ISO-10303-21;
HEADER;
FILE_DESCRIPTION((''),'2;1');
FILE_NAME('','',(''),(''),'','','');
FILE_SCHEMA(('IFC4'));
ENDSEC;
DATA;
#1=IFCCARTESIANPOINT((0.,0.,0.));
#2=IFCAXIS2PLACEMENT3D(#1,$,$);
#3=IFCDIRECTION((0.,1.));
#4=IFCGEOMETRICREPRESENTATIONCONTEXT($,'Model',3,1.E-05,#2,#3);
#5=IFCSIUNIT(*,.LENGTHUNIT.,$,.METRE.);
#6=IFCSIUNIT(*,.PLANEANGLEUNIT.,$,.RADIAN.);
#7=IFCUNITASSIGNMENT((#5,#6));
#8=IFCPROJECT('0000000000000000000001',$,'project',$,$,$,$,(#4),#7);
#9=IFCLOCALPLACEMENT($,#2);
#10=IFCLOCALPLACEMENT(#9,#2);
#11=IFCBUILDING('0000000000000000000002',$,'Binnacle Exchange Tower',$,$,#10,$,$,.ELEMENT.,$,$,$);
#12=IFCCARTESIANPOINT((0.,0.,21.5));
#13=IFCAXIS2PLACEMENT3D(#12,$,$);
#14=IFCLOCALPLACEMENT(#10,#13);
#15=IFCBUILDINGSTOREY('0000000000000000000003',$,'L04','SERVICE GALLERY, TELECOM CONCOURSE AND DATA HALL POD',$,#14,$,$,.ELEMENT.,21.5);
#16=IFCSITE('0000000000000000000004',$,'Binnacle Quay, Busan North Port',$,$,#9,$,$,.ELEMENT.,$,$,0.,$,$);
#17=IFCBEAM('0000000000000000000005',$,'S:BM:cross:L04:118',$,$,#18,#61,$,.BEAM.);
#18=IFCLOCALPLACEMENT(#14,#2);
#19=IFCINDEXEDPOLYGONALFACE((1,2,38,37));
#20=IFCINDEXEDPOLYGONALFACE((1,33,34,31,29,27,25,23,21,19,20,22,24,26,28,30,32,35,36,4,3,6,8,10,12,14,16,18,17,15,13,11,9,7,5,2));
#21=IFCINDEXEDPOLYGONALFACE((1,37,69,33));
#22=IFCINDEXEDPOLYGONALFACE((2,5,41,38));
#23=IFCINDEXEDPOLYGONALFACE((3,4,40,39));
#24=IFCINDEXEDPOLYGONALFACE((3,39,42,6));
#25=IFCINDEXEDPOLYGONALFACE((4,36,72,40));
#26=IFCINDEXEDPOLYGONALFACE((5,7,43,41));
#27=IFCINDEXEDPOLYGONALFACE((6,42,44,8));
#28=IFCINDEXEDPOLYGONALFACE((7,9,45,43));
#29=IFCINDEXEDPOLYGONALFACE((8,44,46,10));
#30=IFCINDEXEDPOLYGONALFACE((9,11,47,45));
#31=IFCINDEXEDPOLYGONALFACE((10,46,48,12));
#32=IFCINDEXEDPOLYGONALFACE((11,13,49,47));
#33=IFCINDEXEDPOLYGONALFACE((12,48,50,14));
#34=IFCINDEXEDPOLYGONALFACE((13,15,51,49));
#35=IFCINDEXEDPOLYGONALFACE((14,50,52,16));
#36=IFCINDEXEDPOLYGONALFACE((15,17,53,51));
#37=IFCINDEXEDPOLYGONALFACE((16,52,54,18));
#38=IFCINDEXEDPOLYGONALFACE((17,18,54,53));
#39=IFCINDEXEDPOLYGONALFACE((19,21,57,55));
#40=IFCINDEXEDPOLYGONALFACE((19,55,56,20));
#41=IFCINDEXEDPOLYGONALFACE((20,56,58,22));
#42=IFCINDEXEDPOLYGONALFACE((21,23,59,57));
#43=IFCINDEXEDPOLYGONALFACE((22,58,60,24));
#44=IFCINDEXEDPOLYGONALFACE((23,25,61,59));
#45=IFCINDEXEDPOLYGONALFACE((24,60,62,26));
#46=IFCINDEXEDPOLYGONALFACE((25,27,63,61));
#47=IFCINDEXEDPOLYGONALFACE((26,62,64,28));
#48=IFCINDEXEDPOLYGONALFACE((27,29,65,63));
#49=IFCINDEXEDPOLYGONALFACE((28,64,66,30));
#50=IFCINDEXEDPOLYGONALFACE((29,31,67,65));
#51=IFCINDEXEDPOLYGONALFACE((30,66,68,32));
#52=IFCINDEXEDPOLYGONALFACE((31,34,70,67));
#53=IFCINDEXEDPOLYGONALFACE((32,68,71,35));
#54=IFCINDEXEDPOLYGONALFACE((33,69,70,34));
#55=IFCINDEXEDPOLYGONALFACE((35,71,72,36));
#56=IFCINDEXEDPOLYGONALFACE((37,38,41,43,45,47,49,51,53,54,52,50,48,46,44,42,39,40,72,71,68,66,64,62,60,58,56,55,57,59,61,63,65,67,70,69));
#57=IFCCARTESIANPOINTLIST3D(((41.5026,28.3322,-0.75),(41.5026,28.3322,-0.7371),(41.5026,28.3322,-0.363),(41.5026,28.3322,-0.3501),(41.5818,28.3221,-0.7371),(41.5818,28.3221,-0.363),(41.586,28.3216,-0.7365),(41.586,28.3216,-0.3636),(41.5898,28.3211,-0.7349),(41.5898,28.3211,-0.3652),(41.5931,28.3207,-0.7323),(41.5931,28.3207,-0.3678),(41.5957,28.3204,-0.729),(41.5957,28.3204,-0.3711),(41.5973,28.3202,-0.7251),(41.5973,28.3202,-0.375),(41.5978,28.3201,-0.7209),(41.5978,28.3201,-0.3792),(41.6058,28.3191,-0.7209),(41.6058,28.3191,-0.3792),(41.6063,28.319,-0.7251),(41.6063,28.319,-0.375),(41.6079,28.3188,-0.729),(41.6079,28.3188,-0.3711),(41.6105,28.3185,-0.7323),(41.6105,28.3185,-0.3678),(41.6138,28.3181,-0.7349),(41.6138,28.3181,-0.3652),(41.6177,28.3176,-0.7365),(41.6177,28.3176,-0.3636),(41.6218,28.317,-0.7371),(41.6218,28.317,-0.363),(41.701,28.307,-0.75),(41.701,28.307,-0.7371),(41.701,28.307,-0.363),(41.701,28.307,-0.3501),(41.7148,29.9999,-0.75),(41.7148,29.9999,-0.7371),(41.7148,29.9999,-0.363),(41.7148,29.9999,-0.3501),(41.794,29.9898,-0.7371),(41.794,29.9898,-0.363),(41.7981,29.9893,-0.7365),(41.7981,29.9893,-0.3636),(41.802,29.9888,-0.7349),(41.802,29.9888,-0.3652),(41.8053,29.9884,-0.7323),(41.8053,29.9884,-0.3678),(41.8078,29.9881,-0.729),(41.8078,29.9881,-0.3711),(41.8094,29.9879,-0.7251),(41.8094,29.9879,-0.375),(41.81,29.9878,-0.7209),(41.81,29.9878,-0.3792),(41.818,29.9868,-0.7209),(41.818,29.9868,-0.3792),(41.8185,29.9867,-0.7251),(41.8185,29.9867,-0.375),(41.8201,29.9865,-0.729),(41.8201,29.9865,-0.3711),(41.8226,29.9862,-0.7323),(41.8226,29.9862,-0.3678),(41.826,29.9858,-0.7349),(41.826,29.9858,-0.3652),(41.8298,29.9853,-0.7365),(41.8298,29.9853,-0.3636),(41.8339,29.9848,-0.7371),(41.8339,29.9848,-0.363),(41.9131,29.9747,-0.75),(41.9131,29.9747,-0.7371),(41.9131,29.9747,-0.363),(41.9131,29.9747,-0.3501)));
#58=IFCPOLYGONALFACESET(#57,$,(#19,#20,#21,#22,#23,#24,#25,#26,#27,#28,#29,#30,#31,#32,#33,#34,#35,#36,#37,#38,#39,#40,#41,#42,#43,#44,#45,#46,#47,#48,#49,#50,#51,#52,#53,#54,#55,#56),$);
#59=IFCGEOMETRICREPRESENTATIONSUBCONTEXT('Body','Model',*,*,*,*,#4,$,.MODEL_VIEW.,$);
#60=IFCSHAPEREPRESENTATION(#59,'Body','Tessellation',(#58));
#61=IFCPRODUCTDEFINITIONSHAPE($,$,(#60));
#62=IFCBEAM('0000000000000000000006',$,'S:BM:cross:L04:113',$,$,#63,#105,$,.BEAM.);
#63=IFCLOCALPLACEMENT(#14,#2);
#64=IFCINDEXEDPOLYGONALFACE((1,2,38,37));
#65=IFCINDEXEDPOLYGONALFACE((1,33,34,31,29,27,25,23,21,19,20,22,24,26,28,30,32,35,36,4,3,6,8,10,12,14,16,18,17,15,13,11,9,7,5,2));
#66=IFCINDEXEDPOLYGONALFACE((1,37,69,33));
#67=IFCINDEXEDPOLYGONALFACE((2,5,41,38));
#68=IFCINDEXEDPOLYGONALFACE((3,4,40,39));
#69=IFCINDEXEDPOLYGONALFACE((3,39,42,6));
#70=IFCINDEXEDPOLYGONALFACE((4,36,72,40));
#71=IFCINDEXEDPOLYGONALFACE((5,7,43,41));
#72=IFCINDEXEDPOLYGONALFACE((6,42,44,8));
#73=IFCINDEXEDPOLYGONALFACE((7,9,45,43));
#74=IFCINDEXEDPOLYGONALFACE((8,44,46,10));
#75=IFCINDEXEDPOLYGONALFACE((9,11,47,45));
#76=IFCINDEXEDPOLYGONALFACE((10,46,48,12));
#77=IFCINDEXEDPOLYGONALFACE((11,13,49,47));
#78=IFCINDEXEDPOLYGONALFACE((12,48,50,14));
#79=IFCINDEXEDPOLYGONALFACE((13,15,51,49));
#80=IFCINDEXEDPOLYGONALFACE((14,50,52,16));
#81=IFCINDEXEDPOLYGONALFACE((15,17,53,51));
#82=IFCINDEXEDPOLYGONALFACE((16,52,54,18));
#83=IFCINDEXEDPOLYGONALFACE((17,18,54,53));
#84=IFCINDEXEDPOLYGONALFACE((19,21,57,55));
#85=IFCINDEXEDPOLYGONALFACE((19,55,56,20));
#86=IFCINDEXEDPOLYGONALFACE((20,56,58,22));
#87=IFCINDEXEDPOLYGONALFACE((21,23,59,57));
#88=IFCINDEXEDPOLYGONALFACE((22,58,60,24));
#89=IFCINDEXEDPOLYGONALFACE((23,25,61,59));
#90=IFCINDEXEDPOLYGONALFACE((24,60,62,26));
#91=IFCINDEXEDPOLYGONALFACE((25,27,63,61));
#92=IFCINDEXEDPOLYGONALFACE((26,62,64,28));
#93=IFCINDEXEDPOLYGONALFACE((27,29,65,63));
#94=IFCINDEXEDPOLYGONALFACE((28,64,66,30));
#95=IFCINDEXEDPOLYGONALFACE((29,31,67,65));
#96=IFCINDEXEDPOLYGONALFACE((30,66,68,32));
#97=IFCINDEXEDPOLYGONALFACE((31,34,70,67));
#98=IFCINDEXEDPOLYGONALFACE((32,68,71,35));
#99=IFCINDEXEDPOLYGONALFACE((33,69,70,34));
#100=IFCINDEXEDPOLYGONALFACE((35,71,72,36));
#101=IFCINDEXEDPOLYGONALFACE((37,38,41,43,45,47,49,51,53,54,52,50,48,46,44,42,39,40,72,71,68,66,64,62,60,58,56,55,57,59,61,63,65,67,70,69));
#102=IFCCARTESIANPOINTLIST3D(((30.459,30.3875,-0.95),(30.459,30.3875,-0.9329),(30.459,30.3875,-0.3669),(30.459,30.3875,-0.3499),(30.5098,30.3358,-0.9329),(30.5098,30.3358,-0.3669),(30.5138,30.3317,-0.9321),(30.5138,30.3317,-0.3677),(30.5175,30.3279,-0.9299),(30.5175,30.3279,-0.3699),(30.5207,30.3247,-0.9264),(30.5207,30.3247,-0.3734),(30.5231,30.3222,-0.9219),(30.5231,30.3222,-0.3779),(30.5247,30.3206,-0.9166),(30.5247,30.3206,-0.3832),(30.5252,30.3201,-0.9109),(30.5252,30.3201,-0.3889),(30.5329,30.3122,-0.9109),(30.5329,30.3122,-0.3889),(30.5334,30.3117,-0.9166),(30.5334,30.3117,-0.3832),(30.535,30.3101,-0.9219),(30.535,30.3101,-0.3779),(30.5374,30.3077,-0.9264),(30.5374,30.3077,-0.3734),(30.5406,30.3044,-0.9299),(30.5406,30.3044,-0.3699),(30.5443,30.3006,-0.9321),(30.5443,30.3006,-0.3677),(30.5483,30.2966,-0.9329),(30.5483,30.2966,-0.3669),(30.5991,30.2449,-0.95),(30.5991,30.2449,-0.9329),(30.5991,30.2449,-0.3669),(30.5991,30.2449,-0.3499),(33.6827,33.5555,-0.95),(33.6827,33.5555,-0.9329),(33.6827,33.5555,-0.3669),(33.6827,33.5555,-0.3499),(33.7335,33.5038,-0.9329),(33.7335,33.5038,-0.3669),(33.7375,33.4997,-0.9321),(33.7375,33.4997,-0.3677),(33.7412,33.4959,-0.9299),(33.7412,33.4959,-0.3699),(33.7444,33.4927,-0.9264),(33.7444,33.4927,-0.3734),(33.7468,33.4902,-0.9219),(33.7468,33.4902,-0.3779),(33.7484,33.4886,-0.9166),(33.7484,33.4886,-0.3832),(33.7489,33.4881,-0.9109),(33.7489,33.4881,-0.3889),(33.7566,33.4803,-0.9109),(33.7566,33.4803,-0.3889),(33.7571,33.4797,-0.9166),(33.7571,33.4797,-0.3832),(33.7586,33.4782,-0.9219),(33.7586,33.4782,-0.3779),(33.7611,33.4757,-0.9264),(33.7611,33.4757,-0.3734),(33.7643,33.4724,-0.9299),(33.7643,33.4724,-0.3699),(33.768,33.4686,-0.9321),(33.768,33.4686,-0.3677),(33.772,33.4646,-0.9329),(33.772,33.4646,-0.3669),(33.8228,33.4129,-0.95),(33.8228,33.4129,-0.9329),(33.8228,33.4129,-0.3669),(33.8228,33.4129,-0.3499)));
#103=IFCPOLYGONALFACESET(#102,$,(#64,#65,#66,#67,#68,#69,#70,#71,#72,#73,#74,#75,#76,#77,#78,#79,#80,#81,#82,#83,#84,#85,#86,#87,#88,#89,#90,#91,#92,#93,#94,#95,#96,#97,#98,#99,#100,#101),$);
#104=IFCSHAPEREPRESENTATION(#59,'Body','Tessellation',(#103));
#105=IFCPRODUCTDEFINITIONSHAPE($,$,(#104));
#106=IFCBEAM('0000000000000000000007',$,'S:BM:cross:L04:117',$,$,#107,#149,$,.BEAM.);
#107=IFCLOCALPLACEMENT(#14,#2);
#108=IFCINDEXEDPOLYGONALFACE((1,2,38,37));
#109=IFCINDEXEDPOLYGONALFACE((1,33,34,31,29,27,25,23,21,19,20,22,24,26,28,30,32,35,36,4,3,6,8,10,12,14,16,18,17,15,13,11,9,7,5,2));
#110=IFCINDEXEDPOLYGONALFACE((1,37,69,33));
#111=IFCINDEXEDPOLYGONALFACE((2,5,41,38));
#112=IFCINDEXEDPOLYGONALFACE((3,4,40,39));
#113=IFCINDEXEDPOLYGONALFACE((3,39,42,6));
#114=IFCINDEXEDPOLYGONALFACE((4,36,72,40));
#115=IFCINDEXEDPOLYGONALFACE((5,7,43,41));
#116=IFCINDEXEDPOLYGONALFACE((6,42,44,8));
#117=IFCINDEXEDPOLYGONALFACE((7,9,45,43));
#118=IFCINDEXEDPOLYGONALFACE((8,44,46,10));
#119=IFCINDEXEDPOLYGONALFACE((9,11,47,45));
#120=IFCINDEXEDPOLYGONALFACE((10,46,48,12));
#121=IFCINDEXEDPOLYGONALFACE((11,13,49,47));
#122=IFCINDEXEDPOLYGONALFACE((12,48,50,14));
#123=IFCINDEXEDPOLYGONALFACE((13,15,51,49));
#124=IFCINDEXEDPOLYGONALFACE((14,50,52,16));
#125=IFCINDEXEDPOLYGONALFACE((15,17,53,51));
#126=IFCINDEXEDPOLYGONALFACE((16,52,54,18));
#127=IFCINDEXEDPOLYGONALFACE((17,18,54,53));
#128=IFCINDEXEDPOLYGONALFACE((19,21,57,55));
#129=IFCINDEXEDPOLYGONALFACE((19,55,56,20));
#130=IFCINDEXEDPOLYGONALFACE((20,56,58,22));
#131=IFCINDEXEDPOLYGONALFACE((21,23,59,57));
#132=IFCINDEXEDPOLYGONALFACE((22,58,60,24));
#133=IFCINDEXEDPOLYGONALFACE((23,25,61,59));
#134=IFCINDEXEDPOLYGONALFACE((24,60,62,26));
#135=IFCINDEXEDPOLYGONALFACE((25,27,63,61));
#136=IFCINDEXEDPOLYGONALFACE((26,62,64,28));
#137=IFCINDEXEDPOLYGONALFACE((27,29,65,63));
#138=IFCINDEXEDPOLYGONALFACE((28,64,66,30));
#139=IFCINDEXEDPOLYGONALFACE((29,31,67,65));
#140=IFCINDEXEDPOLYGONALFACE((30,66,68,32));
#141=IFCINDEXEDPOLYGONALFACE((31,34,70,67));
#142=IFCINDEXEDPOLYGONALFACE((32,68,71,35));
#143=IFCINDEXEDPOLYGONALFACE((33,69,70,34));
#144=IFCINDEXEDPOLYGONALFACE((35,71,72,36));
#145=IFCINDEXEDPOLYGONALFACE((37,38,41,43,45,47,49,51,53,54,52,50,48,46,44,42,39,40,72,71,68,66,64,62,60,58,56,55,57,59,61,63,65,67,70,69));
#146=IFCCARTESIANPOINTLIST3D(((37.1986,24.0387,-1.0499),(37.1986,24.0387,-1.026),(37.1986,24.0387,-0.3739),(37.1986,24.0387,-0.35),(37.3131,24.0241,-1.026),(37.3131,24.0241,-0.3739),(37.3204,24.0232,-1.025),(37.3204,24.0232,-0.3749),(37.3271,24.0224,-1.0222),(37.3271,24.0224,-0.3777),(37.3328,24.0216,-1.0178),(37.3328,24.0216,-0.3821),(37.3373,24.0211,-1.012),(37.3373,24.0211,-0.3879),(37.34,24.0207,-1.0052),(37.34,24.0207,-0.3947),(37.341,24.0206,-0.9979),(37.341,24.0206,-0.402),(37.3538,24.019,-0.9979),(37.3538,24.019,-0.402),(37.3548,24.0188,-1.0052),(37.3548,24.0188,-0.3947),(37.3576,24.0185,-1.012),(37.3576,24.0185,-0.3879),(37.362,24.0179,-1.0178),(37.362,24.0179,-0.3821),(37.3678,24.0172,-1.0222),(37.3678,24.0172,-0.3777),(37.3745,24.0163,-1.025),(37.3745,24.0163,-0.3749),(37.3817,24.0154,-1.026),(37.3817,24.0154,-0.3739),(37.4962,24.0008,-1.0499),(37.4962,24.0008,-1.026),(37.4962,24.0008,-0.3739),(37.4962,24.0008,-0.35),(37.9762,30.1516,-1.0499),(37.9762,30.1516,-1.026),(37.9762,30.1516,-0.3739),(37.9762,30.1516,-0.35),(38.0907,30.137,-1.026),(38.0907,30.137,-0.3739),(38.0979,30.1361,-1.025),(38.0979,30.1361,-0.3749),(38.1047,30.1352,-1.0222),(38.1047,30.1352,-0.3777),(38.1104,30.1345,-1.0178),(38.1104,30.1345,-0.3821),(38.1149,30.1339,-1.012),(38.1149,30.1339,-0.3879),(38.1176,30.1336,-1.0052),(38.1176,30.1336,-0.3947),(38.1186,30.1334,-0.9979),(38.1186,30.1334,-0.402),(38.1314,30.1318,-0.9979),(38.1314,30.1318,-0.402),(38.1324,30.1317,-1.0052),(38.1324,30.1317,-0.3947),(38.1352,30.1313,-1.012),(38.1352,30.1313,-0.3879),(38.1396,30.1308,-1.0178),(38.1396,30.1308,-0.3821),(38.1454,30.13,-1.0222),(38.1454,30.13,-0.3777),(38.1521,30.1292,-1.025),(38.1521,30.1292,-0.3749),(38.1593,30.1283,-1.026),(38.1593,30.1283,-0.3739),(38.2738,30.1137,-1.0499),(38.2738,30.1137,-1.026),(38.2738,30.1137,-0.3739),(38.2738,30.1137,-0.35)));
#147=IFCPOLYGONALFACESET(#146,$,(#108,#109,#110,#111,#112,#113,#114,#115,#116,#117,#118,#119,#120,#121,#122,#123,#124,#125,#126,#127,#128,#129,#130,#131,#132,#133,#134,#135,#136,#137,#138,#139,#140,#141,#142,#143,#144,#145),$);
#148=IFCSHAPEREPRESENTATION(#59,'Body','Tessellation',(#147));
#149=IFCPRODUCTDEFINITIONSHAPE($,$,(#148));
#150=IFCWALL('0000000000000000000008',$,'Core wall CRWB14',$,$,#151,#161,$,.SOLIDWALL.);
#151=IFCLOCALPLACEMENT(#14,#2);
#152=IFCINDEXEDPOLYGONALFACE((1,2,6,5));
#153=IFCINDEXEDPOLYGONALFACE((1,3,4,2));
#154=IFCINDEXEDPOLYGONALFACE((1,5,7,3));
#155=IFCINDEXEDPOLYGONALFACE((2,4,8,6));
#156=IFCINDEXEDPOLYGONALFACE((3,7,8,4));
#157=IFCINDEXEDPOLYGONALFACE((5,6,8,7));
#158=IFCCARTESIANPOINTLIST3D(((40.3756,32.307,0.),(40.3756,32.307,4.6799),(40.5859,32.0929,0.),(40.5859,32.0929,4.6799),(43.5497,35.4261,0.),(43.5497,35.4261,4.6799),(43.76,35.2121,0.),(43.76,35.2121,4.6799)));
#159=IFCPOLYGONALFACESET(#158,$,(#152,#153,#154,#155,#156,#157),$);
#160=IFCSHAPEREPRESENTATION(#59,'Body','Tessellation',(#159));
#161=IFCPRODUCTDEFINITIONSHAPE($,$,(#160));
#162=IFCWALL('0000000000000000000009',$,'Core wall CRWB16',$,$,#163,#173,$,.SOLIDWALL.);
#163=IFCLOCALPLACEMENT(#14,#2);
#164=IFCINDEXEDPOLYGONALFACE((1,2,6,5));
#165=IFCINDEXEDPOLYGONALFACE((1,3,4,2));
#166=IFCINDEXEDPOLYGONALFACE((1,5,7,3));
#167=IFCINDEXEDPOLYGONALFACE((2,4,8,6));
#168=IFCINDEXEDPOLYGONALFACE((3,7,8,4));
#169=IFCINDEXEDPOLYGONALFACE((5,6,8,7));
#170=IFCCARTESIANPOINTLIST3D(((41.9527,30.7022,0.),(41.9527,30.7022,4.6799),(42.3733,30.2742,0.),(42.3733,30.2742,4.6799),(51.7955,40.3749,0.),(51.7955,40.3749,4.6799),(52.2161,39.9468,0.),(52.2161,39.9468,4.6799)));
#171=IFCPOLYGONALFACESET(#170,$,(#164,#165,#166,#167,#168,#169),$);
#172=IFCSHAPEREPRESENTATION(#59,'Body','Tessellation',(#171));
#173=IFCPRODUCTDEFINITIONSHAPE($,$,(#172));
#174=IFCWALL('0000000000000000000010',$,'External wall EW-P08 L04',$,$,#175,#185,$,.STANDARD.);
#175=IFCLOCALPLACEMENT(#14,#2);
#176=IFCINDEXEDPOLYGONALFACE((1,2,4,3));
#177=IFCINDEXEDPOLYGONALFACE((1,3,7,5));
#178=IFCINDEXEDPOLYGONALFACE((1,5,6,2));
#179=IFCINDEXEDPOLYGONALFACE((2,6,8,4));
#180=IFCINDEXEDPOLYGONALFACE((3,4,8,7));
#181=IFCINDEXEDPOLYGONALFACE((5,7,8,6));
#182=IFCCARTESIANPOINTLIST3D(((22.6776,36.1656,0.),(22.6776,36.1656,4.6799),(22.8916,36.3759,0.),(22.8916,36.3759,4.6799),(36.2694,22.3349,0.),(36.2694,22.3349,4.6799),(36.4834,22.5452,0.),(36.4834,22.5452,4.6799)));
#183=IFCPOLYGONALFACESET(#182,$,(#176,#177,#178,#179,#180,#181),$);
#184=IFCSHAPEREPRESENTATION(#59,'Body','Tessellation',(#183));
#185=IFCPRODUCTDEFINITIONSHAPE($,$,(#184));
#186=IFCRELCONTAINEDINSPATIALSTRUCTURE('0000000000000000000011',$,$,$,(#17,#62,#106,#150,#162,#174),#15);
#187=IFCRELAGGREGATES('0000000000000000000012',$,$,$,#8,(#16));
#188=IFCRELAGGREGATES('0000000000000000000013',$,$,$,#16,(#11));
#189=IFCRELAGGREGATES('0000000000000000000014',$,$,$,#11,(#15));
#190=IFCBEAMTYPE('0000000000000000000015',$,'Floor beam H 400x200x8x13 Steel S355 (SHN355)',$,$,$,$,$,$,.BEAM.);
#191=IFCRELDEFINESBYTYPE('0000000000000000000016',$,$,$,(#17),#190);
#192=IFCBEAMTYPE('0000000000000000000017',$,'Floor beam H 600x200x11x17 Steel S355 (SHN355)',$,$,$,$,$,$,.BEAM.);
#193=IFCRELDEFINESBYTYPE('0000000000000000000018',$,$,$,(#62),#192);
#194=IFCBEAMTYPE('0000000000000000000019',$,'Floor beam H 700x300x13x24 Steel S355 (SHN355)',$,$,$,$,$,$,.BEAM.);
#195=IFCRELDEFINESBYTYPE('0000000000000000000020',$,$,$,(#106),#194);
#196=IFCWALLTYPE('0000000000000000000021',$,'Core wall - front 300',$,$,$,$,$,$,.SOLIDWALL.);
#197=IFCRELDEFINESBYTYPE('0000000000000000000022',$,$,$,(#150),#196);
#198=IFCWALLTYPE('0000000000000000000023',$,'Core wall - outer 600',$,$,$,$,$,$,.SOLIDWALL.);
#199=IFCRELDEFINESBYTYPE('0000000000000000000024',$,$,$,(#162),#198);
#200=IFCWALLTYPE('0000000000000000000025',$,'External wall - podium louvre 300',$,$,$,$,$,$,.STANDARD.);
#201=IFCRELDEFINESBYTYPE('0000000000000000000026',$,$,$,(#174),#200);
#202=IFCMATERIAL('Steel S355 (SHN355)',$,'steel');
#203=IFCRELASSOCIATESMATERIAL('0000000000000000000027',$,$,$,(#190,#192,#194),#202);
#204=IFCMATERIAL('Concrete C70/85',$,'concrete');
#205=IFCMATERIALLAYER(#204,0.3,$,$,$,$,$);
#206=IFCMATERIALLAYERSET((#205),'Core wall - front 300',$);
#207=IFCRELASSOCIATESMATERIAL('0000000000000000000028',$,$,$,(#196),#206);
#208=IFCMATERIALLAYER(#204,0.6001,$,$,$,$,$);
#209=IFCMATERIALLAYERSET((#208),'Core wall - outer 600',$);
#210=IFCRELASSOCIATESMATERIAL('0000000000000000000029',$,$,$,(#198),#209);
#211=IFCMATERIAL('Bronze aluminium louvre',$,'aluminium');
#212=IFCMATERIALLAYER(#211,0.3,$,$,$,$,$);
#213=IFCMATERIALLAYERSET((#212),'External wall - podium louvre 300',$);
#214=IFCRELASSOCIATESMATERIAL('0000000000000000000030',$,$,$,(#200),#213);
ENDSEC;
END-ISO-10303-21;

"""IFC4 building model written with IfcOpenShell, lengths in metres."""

from ifc_helpers import new_model, si_unit, direction, frame, frame_2d, origin, origin_2d, place, context, subcontext, project, spatial, rectangle, i_section, extrude, material, layer, layer_set, material_profile, profile_set, type_object, element, save


model = new_model("IFC4")

# Units and contexts
model_context = context("Model", 3, precision=1e-05, world=origin(), true_north=direction((0.0, 1.0)))
body_context = subcontext(model_context, "Body", "Model", "MODEL_VIEW")
ifc_project = project(units=[si_unit("LENGTHUNIT", "METRE"), si_unit("PLANEANGLEUNIT", "RADIAN")], contexts=[model_context])

# Site, building, storey
site_placement = place(None, origin())
site = spatial("IfcSite", under=ifc_project, at=site_placement, Name="Binnacle Quay, Busan North Port", CompositionType="ELEMENT", RefElevation=0.0)
building_placement = place(site_placement, origin())
building = spatial("IfcBuilding", under=site, at=building_placement, Name="Binnacle Exchange Tower", CompositionType="ELEMENT")
storey_placement = place(building_placement, frame((0.0, 0.0, 21.5)))
storey = spatial("IfcBuildingStorey", under=building, at=storey_placement, Name="L04", Description="SERVICE GALLERY, TELECOM CONCOURSE AND DATA HALL POD", CompositionType="ELEMENT", Elevation=21.5)

# Shared definitions
ifc_material_1 = material(Name="Concrete C70/85", Category="concrete")

# Beams
ifc_material_2 = material(Name="Steel S355 (SHN355)", Category="steel")
ifc_material_profile_1 = material_profile(ifc_material_2, i_section(OverallWidth=0.2, OverallDepth=0.3999, WebThickness=0.0081, FlangeThickness=0.0129, FilletRadius=0.0161, at=origin_2d()), Name="H 400x200x8x13")
ifc_profile_set_1 = profile_set([ifc_material_profile_1], Name="Steel S355 (SHN355)")
beam_type_1 = type_object("IfcBeamType", Name="Floor beam H 400x200x8x13 Steel S355 (SHN355)", PredefinedType="BEAM", material=ifc_profile_set_1)
beam_1_placement = place(storey_placement, frame((41.6018, 28.3196, -0.55), z_axis=(0.126197, 0.992005, 0.0), x_axis=(-0.992005, 0.126197, 0.0)))
element("IfcBeam", 1, at=beam_1_placement, inside=storey, type_object=beam_type_1, Name="S:BM:cross:L04:118", PredefinedType="BEAM", context=body_context, shape_type="SweptSolid", body=[
    extrude(i_section(OverallWidth=0.2, OverallDepth=0.3999, WebThickness=0.0081, FlangeThickness=0.0129, FilletRadius=0.0161, at=origin_2d()), origin(), (0.0, 0.0, 1.0), 1.6812),
])
ifc_material_profile_2 = material_profile(ifc_material_2, i_section(OverallWidth=0.2, OverallDepth=0.6001, WebThickness=0.011, FlangeThickness=0.0171, FilletRadius=0.022, at=origin_2d()), Name="H 600x200x11x17")
ifc_profile_set_2 = profile_set([ifc_material_profile_2], Name="Steel S355 (SHN355)")
beam_type_2 = type_object("IfcBeamType", Name="Floor beam H 600x200x11x17 Steel S355 (SHN355)", PredefinedType="BEAM", material=ifc_profile_set_2)
beam_2_placement = place(storey_placement, frame((30.5291, 30.3162, -0.6499), z_axis=(0.713238, 0.700922, 0.0), x_axis=(-0.700922, 0.713238, 0.0)))
element("IfcBeam", 2, at=beam_2_placement, inside=storey, type_object=beam_type_2, Name="S:BM:cross:L04:113", PredefinedType="BEAM", context=body_context, shape_type="SweptSolid", body=[
    extrude(i_section(OverallWidth=0.2, OverallDepth=0.6001, WebThickness=0.011, FlangeThickness=0.0171, FilletRadius=0.022, at=origin_2d()), origin(), (0.0, 0.0, 1.0), 4.5198),
])
ifc_material_profile_3 = material_profile(ifc_material_2, i_section(OverallWidth=0.3, OverallDepth=0.7, WebThickness=0.0129, FlangeThickness=0.0239, FilletRadius=0.0281, at=origin_2d()), Name="H 700x300x13x24")
ifc_profile_set_3 = profile_set([ifc_material_profile_3], Name="Steel S355 (SHN355)")
beam_type_3 = type_object("IfcBeamType", Name="Floor beam H 700x300x13x24 Steel S355 (SHN355)", PredefinedType="BEAM", material=ifc_profile_set_3)
beam_3_placement = place(storey_placement, frame((37.3474, 24.0198, -0.7), z_axis=(0.12619, 0.992006, 0.0), x_axis=(-0.992006, 0.12619, 0.0)))
element("IfcBeam", 3, at=beam_3_placement, inside=storey, type_object=beam_type_3, Name="S:BM:cross:L04:117", PredefinedType="BEAM", context=body_context, shape_type="SweptSolid", body=[
    extrude(i_section(OverallWidth=0.3, OverallDepth=0.7, WebThickness=0.0129, FlangeThickness=0.0239, FilletRadius=0.0281, at=origin_2d()), origin(), (0.0, 0.0, 1.0), 6.1621),
])

# Walls
ifc_layer_1 = layer(ifc_material_1, 0.3)
ifc_layer_set_1 = layer_set([ifc_layer_1], Name="Core wall - front 300")
wall_type_1 = type_object("IfcWallType", Name="Core wall - front 300", PredefinedType="SOLIDWALL", material=ifc_layer_set_1)
wall_1_placement = place(storey_placement, frame((40.4807, 32.2, 0.0), z_axis=(0.0, 0.0, 1.0), x_axis=(0.713252, 0.700908, 0.0)))
element("IfcWall", 4, at=wall_1_placement, inside=storey, type_object=wall_type_1, Name="Core wall CRWB14", PredefinedType="SOLIDWALL", context=body_context, shape_type="SweptSolid", body=[
    extrude(rectangle(XDim=4.4502, YDim=0.3, at=frame_2d((2.2251, 0.0))), origin(), (0.0, 0.0, 1.0), 4.6799),
])
ifc_layer_2 = layer(ifc_material_1, 0.6001)
ifc_layer_set_2 = layer_set([ifc_layer_2], Name="Core wall - outer 600")
wall_type_2 = type_object("IfcWallType", Name="Core wall - outer 600", PredefinedType="SOLIDWALL", material=ifc_layer_set_2)
wall_2_placement = place(storey_placement, frame((42.1631, 30.4883, 0.0), z_axis=(0.0, 0.0, 1.0), x_axis=(0.713245, 0.700914, 0.0)))
element("IfcWall", 5, at=wall_2_placement, inside=storey, type_object=wall_type_2, Name="Core wall CRWB16", PredefinedType="SOLIDWALL", context=body_context, shape_type="SweptSolid", body=[
    extrude(rectangle(XDim=13.8, YDim=0.6001, at=frame_2d((6.8999, 0.0))), origin(), (0.0, 0.0, 1.0), 4.6799),
])
ifc_material_3 = material(Name="Bronze aluminium louvre", Category="aluminium")
ifc_layer_3 = layer(ifc_material_3, 0.3)
ifc_layer_set_3 = layer_set([ifc_layer_3], Name="External wall - podium louvre 300")
wall_type_3 = type_object("IfcWallType", Name="External wall - podium louvre 300", PredefinedType="STANDARD", material=ifc_layer_set_3)
wall_3_placement = place(storey_placement, frame((36.3765, 22.4399, 0.0), z_axis=(0.0, 0.0, 1.0), x_axis=(-0.700917, 0.713243, 0.0)))
element("IfcWall", 6, at=wall_3_placement, inside=storey, type_object=wall_type_3, Name="External wall EW-P08 L04", PredefinedType="STANDARD", context=body_context, shape_type="SweptSolid", body=[
    extrude(rectangle(XDim=19.3914, YDim=0.3, at=frame_2d((9.6958, 0.0))), origin(), (0.0, 0.0, 1.0), 4.6799),
])

save(model, "model.ifc")
